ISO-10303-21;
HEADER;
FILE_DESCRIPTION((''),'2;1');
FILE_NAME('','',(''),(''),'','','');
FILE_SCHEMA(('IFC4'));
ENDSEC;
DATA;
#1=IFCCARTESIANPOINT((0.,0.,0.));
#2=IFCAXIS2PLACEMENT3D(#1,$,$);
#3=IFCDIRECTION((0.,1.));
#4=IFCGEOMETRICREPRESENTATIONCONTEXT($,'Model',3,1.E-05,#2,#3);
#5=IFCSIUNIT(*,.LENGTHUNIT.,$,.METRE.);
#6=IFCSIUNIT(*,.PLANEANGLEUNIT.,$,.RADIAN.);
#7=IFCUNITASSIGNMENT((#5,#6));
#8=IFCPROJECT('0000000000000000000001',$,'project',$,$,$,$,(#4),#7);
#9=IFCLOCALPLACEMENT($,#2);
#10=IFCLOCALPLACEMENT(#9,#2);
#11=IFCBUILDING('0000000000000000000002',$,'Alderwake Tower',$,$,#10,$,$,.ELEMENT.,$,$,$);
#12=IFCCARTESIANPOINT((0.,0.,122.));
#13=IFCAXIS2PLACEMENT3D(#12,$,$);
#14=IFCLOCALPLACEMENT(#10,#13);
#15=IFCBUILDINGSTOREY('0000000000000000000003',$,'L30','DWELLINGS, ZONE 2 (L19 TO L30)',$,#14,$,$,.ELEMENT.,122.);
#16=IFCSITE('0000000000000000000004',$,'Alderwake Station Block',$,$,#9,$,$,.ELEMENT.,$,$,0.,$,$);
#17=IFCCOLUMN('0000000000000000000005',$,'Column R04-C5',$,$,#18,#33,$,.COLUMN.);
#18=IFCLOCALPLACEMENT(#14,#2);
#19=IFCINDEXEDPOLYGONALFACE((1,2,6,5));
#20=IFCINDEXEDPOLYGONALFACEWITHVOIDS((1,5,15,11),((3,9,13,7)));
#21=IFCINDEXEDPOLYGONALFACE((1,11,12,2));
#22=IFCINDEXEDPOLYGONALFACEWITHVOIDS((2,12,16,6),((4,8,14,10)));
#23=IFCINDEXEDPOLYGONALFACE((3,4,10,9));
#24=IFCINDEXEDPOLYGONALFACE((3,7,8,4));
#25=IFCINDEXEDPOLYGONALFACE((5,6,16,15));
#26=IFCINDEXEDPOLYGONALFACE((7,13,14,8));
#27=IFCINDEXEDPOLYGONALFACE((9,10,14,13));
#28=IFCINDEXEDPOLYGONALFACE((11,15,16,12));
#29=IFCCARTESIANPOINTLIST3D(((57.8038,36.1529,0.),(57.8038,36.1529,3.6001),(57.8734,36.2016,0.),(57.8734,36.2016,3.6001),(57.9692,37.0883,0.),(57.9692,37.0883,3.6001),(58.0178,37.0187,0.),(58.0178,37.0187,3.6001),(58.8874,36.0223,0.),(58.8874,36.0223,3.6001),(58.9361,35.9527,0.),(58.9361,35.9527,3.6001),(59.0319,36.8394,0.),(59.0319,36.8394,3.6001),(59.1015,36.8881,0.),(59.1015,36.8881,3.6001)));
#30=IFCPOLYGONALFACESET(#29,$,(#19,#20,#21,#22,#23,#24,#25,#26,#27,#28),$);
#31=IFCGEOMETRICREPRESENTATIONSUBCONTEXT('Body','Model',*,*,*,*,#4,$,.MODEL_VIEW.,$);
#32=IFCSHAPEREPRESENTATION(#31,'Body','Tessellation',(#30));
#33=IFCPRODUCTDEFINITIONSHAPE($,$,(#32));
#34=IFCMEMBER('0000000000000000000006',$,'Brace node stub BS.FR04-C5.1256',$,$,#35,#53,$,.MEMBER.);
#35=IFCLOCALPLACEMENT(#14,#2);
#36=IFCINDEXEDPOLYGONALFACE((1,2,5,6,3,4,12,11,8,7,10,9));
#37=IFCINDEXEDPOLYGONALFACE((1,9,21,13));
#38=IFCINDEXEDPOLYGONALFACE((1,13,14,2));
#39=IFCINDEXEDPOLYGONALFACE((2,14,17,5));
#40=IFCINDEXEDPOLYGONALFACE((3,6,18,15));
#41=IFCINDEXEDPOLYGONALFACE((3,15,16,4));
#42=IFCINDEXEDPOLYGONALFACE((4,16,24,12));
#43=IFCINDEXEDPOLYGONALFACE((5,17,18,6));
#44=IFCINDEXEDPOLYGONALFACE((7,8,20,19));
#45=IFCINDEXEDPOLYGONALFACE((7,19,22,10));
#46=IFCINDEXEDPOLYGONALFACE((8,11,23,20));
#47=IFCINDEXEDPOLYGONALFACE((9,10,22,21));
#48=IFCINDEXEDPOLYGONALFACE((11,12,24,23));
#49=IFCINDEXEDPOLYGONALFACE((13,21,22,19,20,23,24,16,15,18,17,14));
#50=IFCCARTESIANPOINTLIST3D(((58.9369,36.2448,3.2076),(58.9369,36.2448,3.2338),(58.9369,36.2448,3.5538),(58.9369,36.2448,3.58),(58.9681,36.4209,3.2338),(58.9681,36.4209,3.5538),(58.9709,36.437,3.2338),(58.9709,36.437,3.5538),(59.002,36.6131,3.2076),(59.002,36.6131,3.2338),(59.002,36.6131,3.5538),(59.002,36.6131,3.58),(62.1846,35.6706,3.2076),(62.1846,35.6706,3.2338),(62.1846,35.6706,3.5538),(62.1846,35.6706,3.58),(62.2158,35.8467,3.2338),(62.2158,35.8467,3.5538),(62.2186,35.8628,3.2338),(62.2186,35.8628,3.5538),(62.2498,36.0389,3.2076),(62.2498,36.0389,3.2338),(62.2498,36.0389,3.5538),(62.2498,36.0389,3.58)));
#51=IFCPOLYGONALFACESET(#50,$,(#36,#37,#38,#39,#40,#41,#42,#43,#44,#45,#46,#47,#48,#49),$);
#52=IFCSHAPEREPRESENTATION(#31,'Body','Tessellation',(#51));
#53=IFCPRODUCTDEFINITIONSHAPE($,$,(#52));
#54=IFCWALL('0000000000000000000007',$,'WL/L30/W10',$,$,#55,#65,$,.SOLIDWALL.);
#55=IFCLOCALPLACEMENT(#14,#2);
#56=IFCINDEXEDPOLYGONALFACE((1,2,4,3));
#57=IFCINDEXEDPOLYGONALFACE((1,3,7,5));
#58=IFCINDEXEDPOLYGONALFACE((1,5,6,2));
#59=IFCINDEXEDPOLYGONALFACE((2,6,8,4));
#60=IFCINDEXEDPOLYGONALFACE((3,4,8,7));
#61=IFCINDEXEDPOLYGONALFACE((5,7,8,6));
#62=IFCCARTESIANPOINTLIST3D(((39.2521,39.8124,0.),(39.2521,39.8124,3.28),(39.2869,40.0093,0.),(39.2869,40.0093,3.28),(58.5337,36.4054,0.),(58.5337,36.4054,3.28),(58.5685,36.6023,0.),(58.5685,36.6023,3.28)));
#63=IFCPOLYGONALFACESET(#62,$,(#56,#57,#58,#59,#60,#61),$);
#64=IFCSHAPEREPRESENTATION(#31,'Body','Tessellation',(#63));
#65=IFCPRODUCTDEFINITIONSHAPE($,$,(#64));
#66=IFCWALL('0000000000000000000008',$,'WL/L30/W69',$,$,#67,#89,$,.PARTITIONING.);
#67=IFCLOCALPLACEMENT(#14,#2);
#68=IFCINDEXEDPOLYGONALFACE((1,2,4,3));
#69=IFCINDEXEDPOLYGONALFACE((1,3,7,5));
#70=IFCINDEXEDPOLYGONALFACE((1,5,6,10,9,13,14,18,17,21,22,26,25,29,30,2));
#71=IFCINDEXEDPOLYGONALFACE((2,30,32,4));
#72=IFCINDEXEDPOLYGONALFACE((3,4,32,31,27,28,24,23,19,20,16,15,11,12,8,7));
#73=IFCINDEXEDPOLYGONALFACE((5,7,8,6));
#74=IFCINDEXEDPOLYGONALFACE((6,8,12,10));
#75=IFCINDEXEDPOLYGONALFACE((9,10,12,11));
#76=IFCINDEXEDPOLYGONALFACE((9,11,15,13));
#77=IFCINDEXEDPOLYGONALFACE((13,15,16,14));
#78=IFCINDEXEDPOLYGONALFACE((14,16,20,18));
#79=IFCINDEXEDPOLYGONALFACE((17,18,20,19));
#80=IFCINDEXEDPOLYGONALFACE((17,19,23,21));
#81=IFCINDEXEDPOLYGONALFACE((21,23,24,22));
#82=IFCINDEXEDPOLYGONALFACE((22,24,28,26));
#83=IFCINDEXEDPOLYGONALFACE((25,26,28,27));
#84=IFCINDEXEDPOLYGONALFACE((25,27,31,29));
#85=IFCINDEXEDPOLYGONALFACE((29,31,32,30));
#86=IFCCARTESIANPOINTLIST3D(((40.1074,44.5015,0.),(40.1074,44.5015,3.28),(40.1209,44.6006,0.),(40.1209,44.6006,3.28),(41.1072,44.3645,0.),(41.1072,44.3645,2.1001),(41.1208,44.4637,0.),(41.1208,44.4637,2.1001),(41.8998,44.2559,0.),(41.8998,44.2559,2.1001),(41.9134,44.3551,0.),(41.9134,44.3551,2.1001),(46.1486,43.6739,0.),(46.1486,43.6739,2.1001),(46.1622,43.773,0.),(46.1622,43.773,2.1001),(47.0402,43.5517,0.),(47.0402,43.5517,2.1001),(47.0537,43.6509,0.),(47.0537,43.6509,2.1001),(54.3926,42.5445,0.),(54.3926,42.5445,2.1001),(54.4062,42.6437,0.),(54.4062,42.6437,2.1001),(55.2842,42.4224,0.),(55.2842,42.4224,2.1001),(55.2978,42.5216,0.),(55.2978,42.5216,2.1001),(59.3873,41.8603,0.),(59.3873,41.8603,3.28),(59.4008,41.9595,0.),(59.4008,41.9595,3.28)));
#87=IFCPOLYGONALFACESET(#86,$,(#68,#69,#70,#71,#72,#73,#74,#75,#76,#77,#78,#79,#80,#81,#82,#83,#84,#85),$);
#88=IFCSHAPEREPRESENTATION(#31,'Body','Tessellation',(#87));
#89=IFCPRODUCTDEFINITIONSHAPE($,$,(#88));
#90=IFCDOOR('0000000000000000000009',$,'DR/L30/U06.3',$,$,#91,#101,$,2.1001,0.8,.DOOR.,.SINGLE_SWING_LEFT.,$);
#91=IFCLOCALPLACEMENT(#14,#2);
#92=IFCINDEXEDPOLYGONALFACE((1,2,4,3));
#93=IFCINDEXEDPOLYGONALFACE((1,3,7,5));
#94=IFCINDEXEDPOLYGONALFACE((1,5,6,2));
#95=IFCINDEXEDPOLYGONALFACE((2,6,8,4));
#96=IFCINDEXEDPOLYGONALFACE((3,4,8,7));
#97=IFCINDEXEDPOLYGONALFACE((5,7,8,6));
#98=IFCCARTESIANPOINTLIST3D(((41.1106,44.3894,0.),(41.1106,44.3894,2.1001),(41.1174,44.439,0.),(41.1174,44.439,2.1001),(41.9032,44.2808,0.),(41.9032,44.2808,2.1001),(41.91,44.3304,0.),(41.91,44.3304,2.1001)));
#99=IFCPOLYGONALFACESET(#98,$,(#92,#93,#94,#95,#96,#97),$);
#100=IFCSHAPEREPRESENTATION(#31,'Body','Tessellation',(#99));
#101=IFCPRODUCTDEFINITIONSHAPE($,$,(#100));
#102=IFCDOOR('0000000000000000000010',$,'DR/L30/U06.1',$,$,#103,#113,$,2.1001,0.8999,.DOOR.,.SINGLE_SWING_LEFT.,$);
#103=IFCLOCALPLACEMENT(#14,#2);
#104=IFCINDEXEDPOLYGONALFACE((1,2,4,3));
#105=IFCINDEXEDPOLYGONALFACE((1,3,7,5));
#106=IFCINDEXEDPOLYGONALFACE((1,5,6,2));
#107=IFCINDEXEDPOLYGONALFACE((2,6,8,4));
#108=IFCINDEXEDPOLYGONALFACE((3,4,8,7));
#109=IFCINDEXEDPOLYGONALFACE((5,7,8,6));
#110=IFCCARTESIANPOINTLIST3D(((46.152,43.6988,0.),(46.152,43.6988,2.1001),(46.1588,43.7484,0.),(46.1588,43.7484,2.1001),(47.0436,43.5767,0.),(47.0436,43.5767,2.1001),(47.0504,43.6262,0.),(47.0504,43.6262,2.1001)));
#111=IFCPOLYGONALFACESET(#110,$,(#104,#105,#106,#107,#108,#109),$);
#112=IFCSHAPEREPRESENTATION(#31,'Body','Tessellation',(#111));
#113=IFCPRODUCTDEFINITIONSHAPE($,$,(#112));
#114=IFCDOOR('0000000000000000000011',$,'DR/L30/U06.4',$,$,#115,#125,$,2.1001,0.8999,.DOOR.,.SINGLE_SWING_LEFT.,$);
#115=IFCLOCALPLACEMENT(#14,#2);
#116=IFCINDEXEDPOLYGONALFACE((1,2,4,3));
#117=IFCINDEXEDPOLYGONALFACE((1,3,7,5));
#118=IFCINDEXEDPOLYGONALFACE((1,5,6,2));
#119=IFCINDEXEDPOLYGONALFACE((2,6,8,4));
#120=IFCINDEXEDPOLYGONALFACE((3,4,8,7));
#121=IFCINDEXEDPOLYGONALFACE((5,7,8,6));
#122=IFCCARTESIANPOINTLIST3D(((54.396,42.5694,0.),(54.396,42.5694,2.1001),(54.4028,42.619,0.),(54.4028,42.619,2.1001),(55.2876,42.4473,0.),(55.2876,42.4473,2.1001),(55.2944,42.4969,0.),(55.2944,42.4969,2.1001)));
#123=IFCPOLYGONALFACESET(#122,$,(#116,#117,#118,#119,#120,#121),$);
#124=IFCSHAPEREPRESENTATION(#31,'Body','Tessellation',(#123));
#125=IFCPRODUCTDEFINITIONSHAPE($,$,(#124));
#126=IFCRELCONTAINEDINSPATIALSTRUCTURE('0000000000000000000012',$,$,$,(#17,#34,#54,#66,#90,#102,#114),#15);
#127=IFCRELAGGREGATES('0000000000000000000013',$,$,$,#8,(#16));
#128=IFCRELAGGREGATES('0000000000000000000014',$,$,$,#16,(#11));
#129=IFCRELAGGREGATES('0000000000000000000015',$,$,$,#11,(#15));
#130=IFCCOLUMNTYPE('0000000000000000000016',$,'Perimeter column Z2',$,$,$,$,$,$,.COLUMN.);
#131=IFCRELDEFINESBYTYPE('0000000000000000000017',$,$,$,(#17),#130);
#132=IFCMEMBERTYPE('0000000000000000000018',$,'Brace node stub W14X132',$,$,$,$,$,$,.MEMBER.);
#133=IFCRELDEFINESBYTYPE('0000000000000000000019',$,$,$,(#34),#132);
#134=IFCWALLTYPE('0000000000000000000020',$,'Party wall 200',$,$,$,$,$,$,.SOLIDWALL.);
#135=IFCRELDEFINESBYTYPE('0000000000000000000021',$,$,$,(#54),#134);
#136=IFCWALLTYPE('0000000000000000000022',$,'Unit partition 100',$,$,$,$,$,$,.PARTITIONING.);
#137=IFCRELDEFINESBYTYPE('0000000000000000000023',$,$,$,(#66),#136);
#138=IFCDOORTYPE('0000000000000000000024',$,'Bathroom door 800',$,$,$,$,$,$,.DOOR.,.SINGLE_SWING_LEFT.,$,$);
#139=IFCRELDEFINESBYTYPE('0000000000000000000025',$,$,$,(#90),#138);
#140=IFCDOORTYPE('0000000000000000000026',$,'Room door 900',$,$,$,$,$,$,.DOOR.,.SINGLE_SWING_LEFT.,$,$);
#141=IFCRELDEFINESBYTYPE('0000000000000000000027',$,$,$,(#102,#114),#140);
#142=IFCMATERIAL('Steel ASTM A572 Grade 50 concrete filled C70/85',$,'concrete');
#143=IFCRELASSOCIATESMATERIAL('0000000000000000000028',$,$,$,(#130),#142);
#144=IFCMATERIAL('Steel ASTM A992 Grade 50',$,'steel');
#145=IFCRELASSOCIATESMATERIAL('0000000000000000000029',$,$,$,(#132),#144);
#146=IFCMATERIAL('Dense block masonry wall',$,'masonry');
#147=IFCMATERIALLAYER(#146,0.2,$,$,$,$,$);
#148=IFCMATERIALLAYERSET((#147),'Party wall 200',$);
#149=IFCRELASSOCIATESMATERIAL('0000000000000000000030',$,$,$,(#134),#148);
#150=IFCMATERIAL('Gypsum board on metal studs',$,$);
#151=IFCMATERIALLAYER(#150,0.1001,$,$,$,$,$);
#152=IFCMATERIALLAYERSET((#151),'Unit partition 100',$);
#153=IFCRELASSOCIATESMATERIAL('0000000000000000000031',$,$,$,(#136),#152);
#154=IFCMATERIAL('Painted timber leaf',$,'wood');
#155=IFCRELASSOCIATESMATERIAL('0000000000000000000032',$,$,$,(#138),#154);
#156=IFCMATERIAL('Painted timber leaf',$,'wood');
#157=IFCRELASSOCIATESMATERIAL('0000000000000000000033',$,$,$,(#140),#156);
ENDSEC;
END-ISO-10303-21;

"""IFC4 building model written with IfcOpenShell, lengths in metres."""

from ifc_helpers import new_model, si_unit, direction, frame, frame_2d, origin, origin_2d, place, context, subcontext, project, spatial, rectangle, hollow_rectangle, i_section, extrude, material, layer, layer_set, material_profile, profile_set, type_object, element, fill, save


model = new_model("IFC4")

# Units and contexts
model_context = context("Model", 3, precision=1e-05, world=origin(), true_north=direction((0.0, 1.0)))
body_context = subcontext(model_context, "Body", "Model", "MODEL_VIEW")
ifc_project = project(units=[si_unit("LENGTHUNIT", "METRE"), si_unit("PLANEANGLEUNIT", "RADIAN")], contexts=[model_context])

# Site, building, storey
site_placement = place(None, origin())
site = spatial("IfcSite", under=ifc_project, at=site_placement, Name="Alderwake Station Block", CompositionType="ELEMENT", RefElevation=0.0)
building_placement = place(site_placement, origin())
building = spatial("IfcBuilding", under=site, at=building_placement, Name="Alderwake Tower", CompositionType="ELEMENT")
storey_placement = place(building_placement, frame((0.0, 0.0, 122.0)))
storey = spatial("IfcBuildingStorey", under=building, at=storey_placement, Name="L30", Description="DWELLINGS, ZONE 2 (L19 TO L30)", CompositionType="ELEMENT", Elevation=122.0)

# Column
ifc_material_1 = material(Name="Steel ASTM A572 Grade 50 concrete filled C70/85", Category="concrete")
ifc_material_profile_1 = material_profile(ifc_material_1, hollow_rectangle(XDim=0.95, YDim=1.1499, WallThickness=0.0601, at=origin_2d()), Name="BOX 1150X950X60")
ifc_profile_set_1 = profile_set([ifc_material_profile_1], Name="Steel ASTM A572 Grade 50 concrete filled C70/85")
column_type = type_object("IfcColumnType", Name="Perimeter column Z2", PredefinedType="COLUMN", material=ifc_profile_set_1)
column_placement = place(storey_placement, frame((58.4526, 36.5205, 0.0), z_axis=(0.0, 0.0, 1.0), x_axis=(0.174109, 0.984726, 0.0)))
element("IfcColumn", 1, at=column_placement, inside=storey, type_object=column_type, Name="Column R04-C5", PredefinedType="COLUMN", context=body_context, shape_type="SweptSolid", body=[
    extrude(hollow_rectangle(XDim=0.95, YDim=1.1499, WallThickness=0.0601, at=origin_2d()), origin(), (0.0, 0.0, 1.0), 3.6001),
])

# Member
ifc_material_2 = material(Name="Steel ASTM A992 Grade 50", Category="steel")
ifc_material_profile_2 = material_profile(ifc_material_2, i_section(OverallWidth=0.374, OverallDepth=0.3723, WebThickness=0.0164, FlangeThickness=0.0261, at=origin_2d()), Name="W14X132")
ifc_profile_set_2 = profile_set([ifc_material_profile_2], Name="Steel ASTM A992 Grade 50")
member_type = type_object("IfcMemberType", Name="Brace node stub W14X132", PredefinedType="MEMBER", material=ifc_profile_set_2)
member_placement = place(storey_placement, frame((58.9695, 36.429, 3.3938), z_axis=(0.984728, -0.174102, 0.0), x_axis=(0.174102, 0.984728, 0.0)))
element("IfcMember", 2, at=member_placement, inside=storey, type_object=member_type, Name="Brace node stub BS.FR04-C5.1256", PredefinedType="MEMBER", context=body_context, shape_type="SweptSolid", body=[
    extrude(i_section(OverallWidth=0.374, OverallDepth=0.3723, WebThickness=0.0164, FlangeThickness=0.0261, at=origin_2d()), origin(), (0.0, 0.0, 1.0), 3.2981),
])

# Wall
ifc_material_3 = material(Name="Dense block masonry wall", Category="masonry")
ifc_layer_1 = layer(ifc_material_3, 0.2)
ifc_layer_set_1 = layer_set([ifc_layer_1], Name="Party wall 200")
wall_type_1 = type_object("IfcWallType", Name="Party wall 200", PredefinedType="SOLIDWALL", material=ifc_layer_set_1)
wall_1_placement = place(storey_placement, frame((58.551, 36.5039, 0.0), z_axis=(0.0, 0.0, 1.0), x_axis=(-0.984746, 0.173999, 0.0)))
element("IfcWall", 3, at=wall_1_placement, inside=storey, type_object=wall_type_1, Name="WL/L30/W10", PredefinedType="SOLIDWALL", context=body_context, shape_type="SweptSolid", body=[
    extrude(rectangle(XDim=19.5803, YDim=0.2, at=frame_2d((9.79, 0.0))), origin(), (0.0, 0.0, 1.0), 3.28),
])

# Wall, openings, doors
ifc_material_4 = material(Name="Gypsum board on metal studs")
ifc_layer_2 = layer(ifc_material_4, 0.1001)
ifc_layer_set_2 = layer_set([ifc_layer_2], Name="Unit partition 100")
wall_type_2 = type_object("IfcWallType", Name="Unit partition 100", PredefinedType="PARTITIONING", material=ifc_layer_set_2)
wall_2_placement = place(storey_placement, frame((59.394, 41.9099, 0.0), z_axis=(0.0, 0.0, 1.0), x_axis=(-0.990747, 0.135721, 0.0)))
wall_2 = element("IfcWall", 4, at=wall_2_placement, inside=storey, type_object=wall_type_2, Name="WL/L30/W69", PredefinedType="PARTITIONING", context=body_context, shape_type="SweptSolid", body=[
    extrude(rectangle(XDim=19.46, YDim=0.1001, at=frame_2d((9.73, 0.0))), origin(), (0.0, 0.0, 1.0), 3.28),
])
opening_1_placement = place(wall_2_placement, frame((12.4624, 0.0, 0.0)))
opening_1 = element("IfcOpeningElement", 5, at=opening_1_placement, cuts=wall_2, PredefinedType="OPENING", context=body_context, shape_type="SweptSolid", body=[
    extrude(rectangle(XDim=0.8999, YDim=2.1001, at=frame_2d((0.45, 1.05))), frame((0.0, 0.0601, 0.0), z_axis=(0.0, -1.0, 0.0), x_axis=(1.0, 0.0, 0.0)), (0.0, 0.0, 1.0), 0.1201),
])
opening_2_placement = place(wall_2_placement, frame((17.6509, 0.0, 0.0)))
opening_2 = element("IfcOpeningElement", 6, at=opening_2_placement, cuts=wall_2, PredefinedType="OPENING", context=body_context, shape_type="SweptSolid", body=[
    extrude(rectangle(XDim=0.8, YDim=2.1001, at=frame_2d((0.3999, 1.05))), frame((0.0, 0.0601, 0.0), z_axis=(0.0, -1.0, 0.0), x_axis=(1.0, 0.0, 0.0)), (0.0, 0.0, 1.0), 0.1201),
])
opening_3_placement = place(wall_2_placement, frame((4.1414, 0.0, 0.0)))
opening_3 = element("IfcOpeningElement", 7, at=opening_3_placement, cuts=wall_2, PredefinedType="OPENING", context=body_context, shape_type="SweptSolid", body=[
    extrude(rectangle(XDim=0.8999, YDim=2.1001, at=frame_2d((0.45, 1.05))), frame((0.0, 0.0601, 0.0), z_axis=(0.0, -1.0, 0.0), x_axis=(1.0, 0.0, 0.0)), (0.0, 0.0, 1.0), 0.1201),
])
ifc_material_5 = material(Name="Painted timber leaf", Category="wood")
door_type_1 = type_object("IfcDoorType", Name="Bathroom door 800", OperationType="SINGLE_SWING_LEFT", PredefinedType="DOOR", material=ifc_material_5)
door_1_placement = place(opening_2_placement, origin())
door_1 = element("IfcDoor", 8, at=door_1_placement, inside=storey, type_object=door_type_1, Name="DR/L30/U06.3", OperationType="SINGLE_SWING_LEFT", OverallHeight=2.1001, OverallWidth=0.8, PredefinedType="DOOR", context=body_context, shape_type="SweptSolid", body=[
    extrude(rectangle(XDim=0.8, YDim=2.1001, at=frame_2d((0.3999, 1.05))), frame((0.0, 0.0249, 0.0), z_axis=(0.0, -1.0, 0.0), x_axis=(1.0, 0.0, 0.0)), (0.0, 0.0, 1.0), 0.05),
])
fill(opening_2, door_1)
ifc_material_6 = material(Name="Painted timber leaf", Category="wood")
door_type_2 = type_object("IfcDoorType", Name="Room door 900", OperationType="SINGLE_SWING_LEFT", PredefinedType="DOOR", material=ifc_material_6)
door_2_placement = place(opening_1_placement, origin())
door_2 = element("IfcDoor", 9, at=door_2_placement, inside=storey, type_object=door_type_2, Name="DR/L30/U06.1", OperationType="SINGLE_SWING_LEFT", OverallHeight=2.1001, OverallWidth=0.8999, PredefinedType="DOOR", context=body_context, shape_type="SweptSolid", body=[
    extrude(rectangle(XDim=0.8999, YDim=2.1001, at=frame_2d((0.45, 1.05))), frame((0.0, 0.0249, 0.0), z_axis=(0.0, -1.0, 0.0), x_axis=(1.0, 0.0, 0.0)), (0.0, 0.0, 1.0), 0.05),
])
fill(opening_1, door_2)
door_3_placement = place(opening_3_placement, origin())
door_3 = element("IfcDoor", 10, at=door_3_placement, inside=storey, type_object=door_type_2, Name="DR/L30/U06.4", OperationType="SINGLE_SWING_LEFT", OverallHeight=2.1001, OverallWidth=0.8999, PredefinedType="DOOR", context=body_context, shape_type="SweptSolid", body=[
    extrude(rectangle(XDim=0.8999, YDim=2.1001, at=frame_2d((0.45, 1.05))), frame((0.0, 0.0249, 0.0), z_axis=(0.0, -1.0, 0.0), x_axis=(1.0, 0.0, 0.0)), (0.0, 0.0, 1.0), 0.05),
])
fill(opening_3, door_3)

save(model, "model.ifc")
